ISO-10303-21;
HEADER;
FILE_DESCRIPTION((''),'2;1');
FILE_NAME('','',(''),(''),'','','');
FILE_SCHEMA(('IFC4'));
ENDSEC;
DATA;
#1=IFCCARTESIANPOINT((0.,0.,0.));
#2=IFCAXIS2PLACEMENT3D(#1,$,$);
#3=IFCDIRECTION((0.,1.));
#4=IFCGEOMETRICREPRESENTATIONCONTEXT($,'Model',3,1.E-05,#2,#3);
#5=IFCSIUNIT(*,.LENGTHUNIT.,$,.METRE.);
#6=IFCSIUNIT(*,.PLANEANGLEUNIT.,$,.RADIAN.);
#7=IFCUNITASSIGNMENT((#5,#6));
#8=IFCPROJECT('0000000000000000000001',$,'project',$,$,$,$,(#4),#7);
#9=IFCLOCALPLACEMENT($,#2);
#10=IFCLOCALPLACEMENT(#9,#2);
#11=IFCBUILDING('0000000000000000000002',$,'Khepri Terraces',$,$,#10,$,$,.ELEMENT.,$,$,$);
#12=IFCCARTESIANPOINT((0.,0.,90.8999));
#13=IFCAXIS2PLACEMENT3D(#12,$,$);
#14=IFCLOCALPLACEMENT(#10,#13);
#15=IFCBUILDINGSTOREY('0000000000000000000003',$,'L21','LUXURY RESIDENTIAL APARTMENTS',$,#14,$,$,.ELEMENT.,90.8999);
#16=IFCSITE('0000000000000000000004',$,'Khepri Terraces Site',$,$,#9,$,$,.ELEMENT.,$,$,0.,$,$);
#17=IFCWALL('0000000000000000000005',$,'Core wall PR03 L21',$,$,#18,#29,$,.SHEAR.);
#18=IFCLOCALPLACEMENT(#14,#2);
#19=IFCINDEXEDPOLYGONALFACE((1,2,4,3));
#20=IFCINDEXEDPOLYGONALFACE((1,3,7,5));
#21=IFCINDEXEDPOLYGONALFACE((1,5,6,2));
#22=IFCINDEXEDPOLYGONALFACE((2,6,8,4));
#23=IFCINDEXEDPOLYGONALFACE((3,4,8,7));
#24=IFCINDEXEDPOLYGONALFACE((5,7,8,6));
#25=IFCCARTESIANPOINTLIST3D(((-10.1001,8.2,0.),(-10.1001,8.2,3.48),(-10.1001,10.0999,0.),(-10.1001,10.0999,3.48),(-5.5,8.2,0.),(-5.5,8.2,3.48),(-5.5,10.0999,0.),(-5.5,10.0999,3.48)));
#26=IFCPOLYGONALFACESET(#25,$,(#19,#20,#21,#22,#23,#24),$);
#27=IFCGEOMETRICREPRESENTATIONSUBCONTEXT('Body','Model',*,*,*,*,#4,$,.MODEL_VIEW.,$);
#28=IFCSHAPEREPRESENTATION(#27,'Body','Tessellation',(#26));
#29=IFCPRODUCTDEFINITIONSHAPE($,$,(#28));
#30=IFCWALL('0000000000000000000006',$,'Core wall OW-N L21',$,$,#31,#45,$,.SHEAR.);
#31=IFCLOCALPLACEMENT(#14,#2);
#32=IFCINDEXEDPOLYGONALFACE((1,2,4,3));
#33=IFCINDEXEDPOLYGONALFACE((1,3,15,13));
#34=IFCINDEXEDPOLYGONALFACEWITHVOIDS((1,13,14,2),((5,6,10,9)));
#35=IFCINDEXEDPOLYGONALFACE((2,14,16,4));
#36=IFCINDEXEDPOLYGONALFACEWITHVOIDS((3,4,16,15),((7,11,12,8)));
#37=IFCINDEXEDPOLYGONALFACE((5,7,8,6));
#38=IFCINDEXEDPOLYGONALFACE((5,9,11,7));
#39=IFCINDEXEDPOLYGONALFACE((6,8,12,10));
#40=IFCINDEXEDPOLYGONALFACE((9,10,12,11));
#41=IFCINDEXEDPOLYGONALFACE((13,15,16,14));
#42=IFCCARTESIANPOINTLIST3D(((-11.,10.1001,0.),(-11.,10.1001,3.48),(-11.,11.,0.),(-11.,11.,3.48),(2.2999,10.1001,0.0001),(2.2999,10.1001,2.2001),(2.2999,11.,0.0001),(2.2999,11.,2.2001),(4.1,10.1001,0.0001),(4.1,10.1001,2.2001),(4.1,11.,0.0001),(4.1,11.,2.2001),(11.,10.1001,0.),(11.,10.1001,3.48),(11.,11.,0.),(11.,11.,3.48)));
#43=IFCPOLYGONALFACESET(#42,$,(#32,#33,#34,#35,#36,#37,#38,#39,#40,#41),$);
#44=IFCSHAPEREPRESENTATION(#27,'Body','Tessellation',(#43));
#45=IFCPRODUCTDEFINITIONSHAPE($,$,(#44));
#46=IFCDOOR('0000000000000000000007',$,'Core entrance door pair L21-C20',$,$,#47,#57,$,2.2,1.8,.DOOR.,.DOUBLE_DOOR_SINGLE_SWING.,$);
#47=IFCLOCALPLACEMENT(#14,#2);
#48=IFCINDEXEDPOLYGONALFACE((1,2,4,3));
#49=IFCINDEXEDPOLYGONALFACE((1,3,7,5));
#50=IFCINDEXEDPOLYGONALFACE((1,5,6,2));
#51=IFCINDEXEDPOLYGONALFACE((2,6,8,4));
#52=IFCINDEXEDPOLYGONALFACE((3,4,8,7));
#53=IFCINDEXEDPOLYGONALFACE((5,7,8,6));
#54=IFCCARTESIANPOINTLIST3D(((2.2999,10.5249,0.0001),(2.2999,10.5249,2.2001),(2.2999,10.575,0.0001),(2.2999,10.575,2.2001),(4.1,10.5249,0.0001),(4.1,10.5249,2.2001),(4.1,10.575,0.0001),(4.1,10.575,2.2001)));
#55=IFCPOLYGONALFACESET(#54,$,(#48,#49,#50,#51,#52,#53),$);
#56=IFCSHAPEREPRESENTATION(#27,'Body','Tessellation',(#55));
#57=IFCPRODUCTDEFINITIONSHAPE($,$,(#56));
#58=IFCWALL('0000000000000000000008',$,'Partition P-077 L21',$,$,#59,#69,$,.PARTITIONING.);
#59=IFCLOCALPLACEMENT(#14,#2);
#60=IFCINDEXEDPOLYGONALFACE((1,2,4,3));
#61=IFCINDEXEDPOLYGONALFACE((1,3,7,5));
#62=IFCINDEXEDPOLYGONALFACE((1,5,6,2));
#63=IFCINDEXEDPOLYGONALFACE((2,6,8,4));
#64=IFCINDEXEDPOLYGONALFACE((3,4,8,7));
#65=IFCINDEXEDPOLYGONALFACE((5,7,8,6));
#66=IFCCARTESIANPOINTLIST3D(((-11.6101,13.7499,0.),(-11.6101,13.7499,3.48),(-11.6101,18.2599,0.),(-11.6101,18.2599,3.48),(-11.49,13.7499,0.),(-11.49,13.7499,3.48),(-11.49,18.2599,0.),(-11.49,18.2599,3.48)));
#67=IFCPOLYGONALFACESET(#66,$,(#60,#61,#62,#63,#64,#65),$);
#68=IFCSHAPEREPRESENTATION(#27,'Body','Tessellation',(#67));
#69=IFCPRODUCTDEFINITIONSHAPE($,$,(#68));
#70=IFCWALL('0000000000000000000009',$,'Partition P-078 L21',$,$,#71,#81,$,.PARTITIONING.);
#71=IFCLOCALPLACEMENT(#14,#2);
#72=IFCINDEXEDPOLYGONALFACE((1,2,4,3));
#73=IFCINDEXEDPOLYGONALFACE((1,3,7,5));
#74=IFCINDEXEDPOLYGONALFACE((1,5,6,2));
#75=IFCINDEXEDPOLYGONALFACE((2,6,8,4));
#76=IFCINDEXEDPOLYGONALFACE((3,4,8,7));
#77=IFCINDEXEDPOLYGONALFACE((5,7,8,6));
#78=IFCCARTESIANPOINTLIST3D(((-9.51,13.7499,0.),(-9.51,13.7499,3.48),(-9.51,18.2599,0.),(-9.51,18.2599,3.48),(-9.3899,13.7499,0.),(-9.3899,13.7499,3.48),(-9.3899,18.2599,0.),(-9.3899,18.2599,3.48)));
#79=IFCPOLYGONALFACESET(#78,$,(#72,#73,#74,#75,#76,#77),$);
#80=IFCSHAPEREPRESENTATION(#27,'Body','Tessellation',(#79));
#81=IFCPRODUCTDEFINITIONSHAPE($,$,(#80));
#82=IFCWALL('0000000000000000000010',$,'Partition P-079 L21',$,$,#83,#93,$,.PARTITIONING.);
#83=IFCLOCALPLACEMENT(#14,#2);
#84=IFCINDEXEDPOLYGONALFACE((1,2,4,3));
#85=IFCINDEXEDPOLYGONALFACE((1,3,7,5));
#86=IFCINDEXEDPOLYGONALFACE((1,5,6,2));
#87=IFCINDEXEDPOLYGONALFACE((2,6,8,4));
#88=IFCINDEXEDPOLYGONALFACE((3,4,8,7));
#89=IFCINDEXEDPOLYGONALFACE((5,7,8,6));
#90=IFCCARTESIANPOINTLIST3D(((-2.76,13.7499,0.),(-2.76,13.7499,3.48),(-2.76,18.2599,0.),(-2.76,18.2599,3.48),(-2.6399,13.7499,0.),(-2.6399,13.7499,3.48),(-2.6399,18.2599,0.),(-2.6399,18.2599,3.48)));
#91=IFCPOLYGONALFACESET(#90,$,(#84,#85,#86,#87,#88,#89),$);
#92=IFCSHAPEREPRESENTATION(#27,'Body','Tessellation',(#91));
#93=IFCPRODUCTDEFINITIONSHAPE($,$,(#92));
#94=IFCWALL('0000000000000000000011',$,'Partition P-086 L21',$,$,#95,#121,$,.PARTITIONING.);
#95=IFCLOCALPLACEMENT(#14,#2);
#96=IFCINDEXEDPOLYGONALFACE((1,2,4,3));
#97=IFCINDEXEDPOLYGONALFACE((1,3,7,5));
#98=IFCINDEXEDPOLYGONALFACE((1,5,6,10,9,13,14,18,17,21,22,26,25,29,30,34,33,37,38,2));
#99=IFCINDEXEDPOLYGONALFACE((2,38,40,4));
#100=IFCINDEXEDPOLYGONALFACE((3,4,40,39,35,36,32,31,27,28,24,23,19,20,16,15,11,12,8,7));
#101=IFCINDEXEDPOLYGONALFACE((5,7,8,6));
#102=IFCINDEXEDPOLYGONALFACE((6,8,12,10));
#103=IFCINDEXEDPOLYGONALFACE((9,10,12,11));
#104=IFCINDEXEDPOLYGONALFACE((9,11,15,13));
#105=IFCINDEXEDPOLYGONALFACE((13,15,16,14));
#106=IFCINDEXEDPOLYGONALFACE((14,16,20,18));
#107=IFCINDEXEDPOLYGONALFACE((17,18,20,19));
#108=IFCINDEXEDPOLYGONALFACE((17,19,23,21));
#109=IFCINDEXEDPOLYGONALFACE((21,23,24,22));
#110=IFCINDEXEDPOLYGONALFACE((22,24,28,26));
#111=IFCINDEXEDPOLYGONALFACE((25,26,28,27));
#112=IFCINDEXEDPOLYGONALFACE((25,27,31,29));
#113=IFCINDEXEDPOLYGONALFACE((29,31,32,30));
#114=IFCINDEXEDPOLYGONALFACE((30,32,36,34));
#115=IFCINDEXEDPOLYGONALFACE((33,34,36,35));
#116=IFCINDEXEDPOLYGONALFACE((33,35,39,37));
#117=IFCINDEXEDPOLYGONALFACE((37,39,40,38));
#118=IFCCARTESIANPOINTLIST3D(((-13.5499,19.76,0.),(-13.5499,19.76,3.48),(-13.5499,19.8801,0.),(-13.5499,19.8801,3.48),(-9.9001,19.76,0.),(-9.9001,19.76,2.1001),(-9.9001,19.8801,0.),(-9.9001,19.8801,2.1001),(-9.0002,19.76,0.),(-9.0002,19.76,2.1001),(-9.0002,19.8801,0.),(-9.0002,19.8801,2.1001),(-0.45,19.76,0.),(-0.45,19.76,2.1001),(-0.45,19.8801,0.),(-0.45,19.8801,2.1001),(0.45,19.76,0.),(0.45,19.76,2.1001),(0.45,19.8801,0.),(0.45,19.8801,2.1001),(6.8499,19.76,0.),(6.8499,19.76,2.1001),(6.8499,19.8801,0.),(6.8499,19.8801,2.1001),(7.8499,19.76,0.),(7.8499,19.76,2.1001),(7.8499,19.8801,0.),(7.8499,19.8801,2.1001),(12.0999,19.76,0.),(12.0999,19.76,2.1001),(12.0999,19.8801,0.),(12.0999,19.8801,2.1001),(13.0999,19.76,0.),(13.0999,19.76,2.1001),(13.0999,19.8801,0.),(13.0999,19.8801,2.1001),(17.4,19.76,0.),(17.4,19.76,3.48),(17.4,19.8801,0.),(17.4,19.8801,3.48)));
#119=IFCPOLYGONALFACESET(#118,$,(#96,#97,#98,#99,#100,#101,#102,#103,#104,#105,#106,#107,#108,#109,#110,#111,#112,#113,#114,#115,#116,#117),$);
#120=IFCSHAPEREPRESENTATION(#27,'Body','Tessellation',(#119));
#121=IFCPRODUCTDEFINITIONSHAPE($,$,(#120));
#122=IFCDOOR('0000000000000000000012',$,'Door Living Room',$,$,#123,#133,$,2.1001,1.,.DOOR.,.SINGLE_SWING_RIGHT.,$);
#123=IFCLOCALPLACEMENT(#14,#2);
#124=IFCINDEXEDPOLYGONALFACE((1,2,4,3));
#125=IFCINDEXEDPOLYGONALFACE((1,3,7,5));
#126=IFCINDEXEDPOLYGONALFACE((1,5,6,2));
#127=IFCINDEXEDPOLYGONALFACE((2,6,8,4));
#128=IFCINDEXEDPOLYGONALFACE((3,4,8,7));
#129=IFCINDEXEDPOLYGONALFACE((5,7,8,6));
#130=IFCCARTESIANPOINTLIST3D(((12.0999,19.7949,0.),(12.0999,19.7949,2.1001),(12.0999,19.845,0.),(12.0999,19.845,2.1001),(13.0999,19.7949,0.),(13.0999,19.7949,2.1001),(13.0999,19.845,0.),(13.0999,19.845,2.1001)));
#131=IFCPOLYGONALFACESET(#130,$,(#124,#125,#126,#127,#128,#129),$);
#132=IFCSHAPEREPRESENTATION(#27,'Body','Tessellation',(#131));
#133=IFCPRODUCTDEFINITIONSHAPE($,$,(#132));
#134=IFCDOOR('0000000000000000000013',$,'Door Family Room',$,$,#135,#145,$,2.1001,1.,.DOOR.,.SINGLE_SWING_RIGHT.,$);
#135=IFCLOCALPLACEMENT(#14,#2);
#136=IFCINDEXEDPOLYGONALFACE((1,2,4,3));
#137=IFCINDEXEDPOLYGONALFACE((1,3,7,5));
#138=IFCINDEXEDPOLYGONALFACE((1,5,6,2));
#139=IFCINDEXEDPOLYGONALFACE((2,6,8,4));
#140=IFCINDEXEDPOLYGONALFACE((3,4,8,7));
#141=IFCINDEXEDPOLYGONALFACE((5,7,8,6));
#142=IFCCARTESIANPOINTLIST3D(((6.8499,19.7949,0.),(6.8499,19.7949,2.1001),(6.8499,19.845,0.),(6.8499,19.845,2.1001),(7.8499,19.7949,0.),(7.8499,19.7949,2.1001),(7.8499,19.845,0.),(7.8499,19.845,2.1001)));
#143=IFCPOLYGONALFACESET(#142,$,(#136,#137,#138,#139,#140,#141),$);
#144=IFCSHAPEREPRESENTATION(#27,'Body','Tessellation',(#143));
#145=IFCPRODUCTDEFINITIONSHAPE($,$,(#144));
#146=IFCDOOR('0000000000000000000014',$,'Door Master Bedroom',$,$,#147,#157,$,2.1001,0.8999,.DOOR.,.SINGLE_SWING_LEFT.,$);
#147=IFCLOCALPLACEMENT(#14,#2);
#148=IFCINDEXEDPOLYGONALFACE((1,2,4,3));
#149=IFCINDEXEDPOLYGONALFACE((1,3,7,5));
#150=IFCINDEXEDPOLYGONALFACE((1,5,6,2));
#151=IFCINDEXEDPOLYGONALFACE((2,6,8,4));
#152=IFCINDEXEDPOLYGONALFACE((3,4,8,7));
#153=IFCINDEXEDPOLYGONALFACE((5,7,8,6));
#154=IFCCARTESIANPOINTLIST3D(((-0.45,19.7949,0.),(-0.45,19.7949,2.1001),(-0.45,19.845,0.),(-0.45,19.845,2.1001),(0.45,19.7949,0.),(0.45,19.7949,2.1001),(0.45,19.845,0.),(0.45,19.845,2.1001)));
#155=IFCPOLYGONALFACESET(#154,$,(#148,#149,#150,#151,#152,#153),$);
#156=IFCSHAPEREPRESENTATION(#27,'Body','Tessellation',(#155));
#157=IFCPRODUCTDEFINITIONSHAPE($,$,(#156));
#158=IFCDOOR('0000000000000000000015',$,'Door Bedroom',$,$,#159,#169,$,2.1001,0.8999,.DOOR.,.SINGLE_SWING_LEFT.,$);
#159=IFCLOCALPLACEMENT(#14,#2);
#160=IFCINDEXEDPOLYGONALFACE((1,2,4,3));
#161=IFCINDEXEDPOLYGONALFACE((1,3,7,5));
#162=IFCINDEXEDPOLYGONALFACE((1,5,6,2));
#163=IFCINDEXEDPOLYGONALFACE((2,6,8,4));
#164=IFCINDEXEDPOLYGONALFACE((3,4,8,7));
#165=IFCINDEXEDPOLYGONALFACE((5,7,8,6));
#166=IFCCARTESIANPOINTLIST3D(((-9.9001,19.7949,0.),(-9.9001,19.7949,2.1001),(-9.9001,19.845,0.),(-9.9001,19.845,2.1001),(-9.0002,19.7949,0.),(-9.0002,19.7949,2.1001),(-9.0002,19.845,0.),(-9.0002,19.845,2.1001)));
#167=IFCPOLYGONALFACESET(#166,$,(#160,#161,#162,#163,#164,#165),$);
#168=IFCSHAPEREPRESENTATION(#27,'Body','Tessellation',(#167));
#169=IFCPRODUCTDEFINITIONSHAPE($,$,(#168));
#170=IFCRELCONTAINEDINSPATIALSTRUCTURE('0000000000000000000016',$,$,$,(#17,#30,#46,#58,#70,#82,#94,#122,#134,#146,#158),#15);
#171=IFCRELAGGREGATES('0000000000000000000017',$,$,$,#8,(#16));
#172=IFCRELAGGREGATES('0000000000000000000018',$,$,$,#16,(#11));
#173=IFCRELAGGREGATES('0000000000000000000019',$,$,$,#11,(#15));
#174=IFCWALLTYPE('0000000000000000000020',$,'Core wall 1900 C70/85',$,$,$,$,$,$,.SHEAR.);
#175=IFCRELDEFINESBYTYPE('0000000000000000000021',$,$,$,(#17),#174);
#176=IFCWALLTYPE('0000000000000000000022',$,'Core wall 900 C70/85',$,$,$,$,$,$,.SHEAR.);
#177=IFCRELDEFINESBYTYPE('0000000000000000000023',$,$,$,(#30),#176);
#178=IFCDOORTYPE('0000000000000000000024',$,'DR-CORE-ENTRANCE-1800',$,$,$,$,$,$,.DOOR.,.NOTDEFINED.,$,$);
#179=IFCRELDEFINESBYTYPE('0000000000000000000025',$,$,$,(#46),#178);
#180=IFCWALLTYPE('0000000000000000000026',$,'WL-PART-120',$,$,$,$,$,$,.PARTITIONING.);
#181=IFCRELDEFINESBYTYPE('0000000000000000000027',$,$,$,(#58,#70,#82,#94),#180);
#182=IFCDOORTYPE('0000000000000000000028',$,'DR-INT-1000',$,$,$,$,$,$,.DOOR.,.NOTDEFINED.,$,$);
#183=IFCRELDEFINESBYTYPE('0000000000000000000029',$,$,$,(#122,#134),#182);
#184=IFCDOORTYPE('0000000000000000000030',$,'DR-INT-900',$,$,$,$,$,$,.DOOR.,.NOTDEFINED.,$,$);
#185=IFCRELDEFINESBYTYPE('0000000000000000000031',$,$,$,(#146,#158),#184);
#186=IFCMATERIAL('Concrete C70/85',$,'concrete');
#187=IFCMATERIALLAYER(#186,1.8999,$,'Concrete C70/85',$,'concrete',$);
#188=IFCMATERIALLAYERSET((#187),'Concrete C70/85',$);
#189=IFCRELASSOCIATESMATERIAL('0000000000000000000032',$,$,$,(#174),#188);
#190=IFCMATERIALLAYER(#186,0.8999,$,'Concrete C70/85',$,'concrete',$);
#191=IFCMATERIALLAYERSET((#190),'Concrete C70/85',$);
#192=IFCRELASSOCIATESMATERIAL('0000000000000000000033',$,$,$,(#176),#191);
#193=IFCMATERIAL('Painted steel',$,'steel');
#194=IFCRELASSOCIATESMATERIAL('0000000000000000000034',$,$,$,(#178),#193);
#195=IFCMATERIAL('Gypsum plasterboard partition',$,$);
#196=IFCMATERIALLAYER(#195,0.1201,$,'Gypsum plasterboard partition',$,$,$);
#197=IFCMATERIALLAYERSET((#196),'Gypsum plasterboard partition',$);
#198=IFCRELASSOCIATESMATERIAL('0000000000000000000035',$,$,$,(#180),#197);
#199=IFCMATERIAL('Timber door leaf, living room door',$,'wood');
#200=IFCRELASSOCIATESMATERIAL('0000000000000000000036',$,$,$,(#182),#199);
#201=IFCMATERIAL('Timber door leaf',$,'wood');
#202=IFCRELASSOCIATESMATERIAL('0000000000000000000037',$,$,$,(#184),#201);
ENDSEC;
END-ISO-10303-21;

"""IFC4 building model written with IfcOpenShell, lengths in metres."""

from ifc_helpers import new_model, si_unit, direction, frame, frame_2d, origin, place, context, subcontext, project, spatial, rectangle, extrude, material, layer, layer_set, type_object, element, fill, save


model = new_model("IFC4")

# Units and contexts
model_context = context("Model", 3, precision=1e-05, world=origin(), true_north=direction((0.0, 1.0)))
body_context = subcontext(model_context, "Body", "Model", "MODEL_VIEW")
ifc_project = project(units=[si_unit("LENGTHUNIT", "METRE"), si_unit("PLANEANGLEUNIT", "RADIAN")], contexts=[model_context])

# Site, building, storey
site_placement = place(None, origin())
site = spatial("IfcSite", under=ifc_project, at=site_placement, Name="Khepri Terraces Site", CompositionType="ELEMENT", RefElevation=0.0)
building_placement = place(site_placement, origin())
building = spatial("IfcBuilding", under=site, at=building_placement, Name="Khepri Terraces", CompositionType="ELEMENT")
storey_placement = place(building_placement, frame((0.0, 0.0, 90.8999)))
storey = spatial("IfcBuildingStorey", under=building, at=storey_placement, Name="L21", Description="LUXURY RESIDENTIAL APARTMENTS", CompositionType="ELEMENT", Elevation=90.8999)

# Wall
ifc_material_1 = material(Name="Concrete C70/85", Category="concrete")
ifc_layer_1 = layer(ifc_material_1, 1.8999, Name="Concrete C70/85", Category="concrete")
ifc_layer_set_1 = layer_set([ifc_layer_1], Name="Concrete C70/85")
wall_type_1 = type_object("IfcWallType", Name="Core wall 1900 C70/85", PredefinedType="SHEAR", material=ifc_layer_set_1)
wall_1_placement = place(storey_placement, frame((-10.1001, 9.1499, 0.0), z_axis=(0.0, 0.0, 1.0), x_axis=(1.0, 0.0, 0.0)))
element("IfcWall", 1, at=wall_1_placement, inside=storey, type_object=wall_type_1, Name="Core wall PR03 L21", PredefinedType="SHEAR", context=body_context, shape_type="SweptSolid", body=[
    extrude(rectangle(XDim=4.6001, YDim=1.8999, at=frame_2d((2.3, 0.0))), origin(), (0.0, 0.0, 1.0), 3.48),
])

# Wall, opening, door
ifc_layer_2 = layer(ifc_material_1, 0.8999, Name="Concrete C70/85", Category="concrete")
ifc_layer_set_2 = layer_set([ifc_layer_2], Name="Concrete C70/85")
wall_type_2 = type_object("IfcWallType", Name="Core wall 900 C70/85", PredefinedType="SHEAR", material=ifc_layer_set_2)
wall_2_placement = place(storey_placement, frame((-11.0, 10.55, 0.0), z_axis=(0.0, 0.0, 1.0), x_axis=(1.0, 0.0, 0.0)))
wall_2 = element("IfcWall", 2, at=wall_2_placement, inside=storey, type_object=wall_type_2, Name="Core wall OW-N L21", PredefinedType="SHEAR", context=body_context, shape_type="SweptSolid", body=[
    extrude(rectangle(XDim=22.0, YDim=0.8999, at=frame_2d((11.0, 0.0))), origin(), (0.0, 0.0, 1.0), 3.48),
])
opening_1_placement = place(wall_2_placement, frame((13.3, 0.0, 0.0)))
opening_1 = element("IfcOpeningElement", 3, at=opening_1_placement, cuts=wall_2, PredefinedType="OPENING", context=body_context, shape_type="SweptSolid", body=[
    extrude(rectangle(XDim=1.8, YDim=2.2, at=frame_2d((0.8999, 1.1001))), frame((0.0, 0.46, 0.0), z_axis=(0.0, -1.0, 0.0), x_axis=(1.0, 0.0, 0.0)), (0.0, 0.0, 1.0), 0.9199),
])
ifc_material_2 = material(Name="Painted steel", Category="steel")
door_type_1 = type_object("IfcDoorType", Name="DR-CORE-ENTRANCE-1800", OperationType="NOTDEFINED", PredefinedType="DOOR", material=ifc_material_2)
door_1_placement = place(opening_1_placement, origin())
door_1 = element("IfcDoor", 4, at=door_1_placement, inside=storey, type_object=door_type_1, Name="Core entrance door pair L21-C20", OperationType="DOUBLE_DOOR_SINGLE_SWING", OverallHeight=2.2, OverallWidth=1.8, PredefinedType="DOOR", context=body_context, shape_type="SweptSolid", body=[
    extrude(rectangle(XDim=1.8, YDim=2.2, at=frame_2d((0.8999, 1.1001))), frame((0.0, 0.0249, 0.0), z_axis=(0.0, -1.0, 0.0), x_axis=(1.0, 0.0, 0.0)), (0.0, 0.0, 1.0), 0.05),
])
fill(opening_1, door_1)

# Walls
ifc_material_3 = material(Name="Gypsum plasterboard partition")
ifc_layer_3 = layer(ifc_material_3, 0.1201, Name="Gypsum plasterboard partition")
ifc_layer_set_3 = layer_set([ifc_layer_3], Name="Gypsum plasterboard partition")
wall_type_3 = type_object("IfcWallType", Name="WL-PART-120", PredefinedType="PARTITIONING", material=ifc_layer_set_3)
for number, where, z_axis, x_axis, name in (
    (5, (-11.55, 13.75, 0.0), (0.0, 0.0, 1.0), (0.0, 1.0, 0.0), "Partition P-077 L21"),
    (6, (-9.45, 13.75, 0.0), (0.0, 0.0, 1.0), (0.0, 1.0, 0.0), "Partition P-078 L21"),
    (7, (-2.7, 13.75, 0.0), (0.0, 0.0, 1.0), (0.0, 1.0, 0.0), "Partition P-079 L21"),
):
    element("IfcWall", number, at=place(storey_placement, frame(where, z_axis=z_axis, x_axis=x_axis)), inside=storey, type_object=wall_type_3, Name=name, PredefinedType="PARTITIONING", context=body_context, shape_type="SweptSolid", body=[
        extrude(rectangle(XDim=4.51, YDim=0.1201, at=frame_2d((2.2549, 0.0))), origin(), (0.0, 0.0, 1.0), 3.48),
    ])

# Wall, openings, doors
wall_3_placement = place(storey_placement, frame((-13.55, 19.8201, 0.0), z_axis=(0.0, 0.0, 1.0), x_axis=(1.0, 0.0, 0.0)))
wall_3 = element("IfcWall", 8, at=wall_3_placement, inside=storey, type_object=wall_type_3, Name="Partition P-086 L21", PredefinedType="PARTITIONING", context=body_context, shape_type="SweptSolid", body=[
    extrude(rectangle(XDim=30.95, YDim=0.1201, at=frame_2d((15.4751, 0.0))), origin(), (0.0, 0.0, 1.0), 3.48),
])
opening_2_placement = place(wall_3_placement, frame((25.6499, 0.0, 0.0)))
opening_2 = element("IfcOpeningElement", 9, at=opening_2_placement, cuts=wall_3, PredefinedType="OPENING", context=body_context, shape_type="SweptSolid", body=[
    extrude(rectangle(XDim=1.0, YDim=2.1001, at=frame_2d((0.5, 1.05))), frame((0.0, 0.0701, 0.0), z_axis=(0.0, -1.0, 0.0), x_axis=(1.0, 0.0, 0.0)), (0.0, 0.0, 1.0), 0.1401),
])
opening_3_placement = place(wall_3_placement, frame((20.3999, 0.0, 0.0)))
opening_3 = element("IfcOpeningElement", 10, at=opening_3_placement, cuts=wall_3, PredefinedType="OPENING", context=body_context, shape_type="SweptSolid", body=[
    extrude(rectangle(XDim=1.0, YDim=2.1001, at=frame_2d((0.5, 1.05))), frame((0.0, 0.0701, 0.0), z_axis=(0.0, -1.0, 0.0), x_axis=(1.0, 0.0, 0.0)), (0.0, 0.0, 1.0), 0.1401),
])
opening_4_placement = place(wall_3_placement, frame((13.1001, 0.0, 0.0)))
opening_4 = element("IfcOpeningElement", 11, at=opening_4_placement, cuts=wall_3, PredefinedType="OPENING", context=body_context, shape_type="SweptSolid", body=[
    extrude(rectangle(XDim=0.8999, YDim=2.1001, at=frame_2d((0.45, 1.05))), frame((0.0, 0.0701, 0.0), z_axis=(0.0, -1.0, 0.0), x_axis=(1.0, 0.0, 0.0)), (0.0, 0.0, 1.0), 0.1401),
])
opening_5_placement = place(wall_3_placement, frame((3.6499, 0.0, 0.0)))
opening_5 = element("IfcOpeningElement", 12, at=opening_5_placement, cuts=wall_3, PredefinedType="OPENING", context=body_context, shape_type="SweptSolid", body=[
    extrude(rectangle(XDim=0.8999, YDim=2.1001, at=frame_2d((0.45, 1.05))), frame((0.0, 0.0701, 0.0), z_axis=(0.0, -1.0, 0.0), x_axis=(1.0, 0.0, 0.0)), (0.0, 0.0, 1.0), 0.1401),
])
ifc_material_4 = material(Name="Timber door leaf, living room door", Category="wood")
door_type_2 = type_object("IfcDoorType", Name="DR-INT-1000", OperationType="NOTDEFINED", PredefinedType="DOOR", material=ifc_material_4)
door_2_placement = place(opening_2_placement, origin())
door_2 = element("IfcDoor", 13, at=door_2_placement, inside=storey, type_object=door_type_2, Name="Door Living Room", OperationType="SINGLE_SWING_RIGHT", OverallHeight=2.1001, OverallWidth=1.0, PredefinedType="DOOR", context=body_context, shape_type="SweptSolid", body=[
    extrude(rectangle(XDim=1.0, YDim=2.1001, at=frame_2d((0.5, 1.05))), frame((0.0, 0.0249, 0.0), z_axis=(0.0, -1.0, 0.0), x_axis=(1.0, 0.0, 0.0)), (0.0, 0.0, 1.0), 0.05),
])
fill(opening_2, door_2)
door_3_placement = place(opening_3_placement, origin())
door_3 = element("IfcDoor", 14, at=door_3_placement, inside=storey, type_object=door_type_2, Name="Door Family Room", OperationType="SINGLE_SWING_RIGHT", OverallHeight=2.1001, OverallWidth=1.0, PredefinedType="DOOR", context=body_context, shape_type="SweptSolid", body=[
    extrude(rectangle(XDim=1.0, YDim=2.1001, at=frame_2d((0.5, 1.05))), frame((0.0, 0.0249, 0.0), z_axis=(0.0, -1.0, 0.0), x_axis=(1.0, 0.0, 0.0)), (0.0, 0.0, 1.0), 0.05),
])
fill(opening_3, door_3)
ifc_material_5 = material(Name="Timber door leaf", Category="wood")
door_type_3 = type_object("IfcDoorType", Name="DR-INT-900", OperationType="NOTDEFINED", PredefinedType="DOOR", material=ifc_material_5)
door_4_placement = place(opening_4_placement, origin())
door_4 = element("IfcDoor", 15, at=door_4_placement, inside=storey, type_object=door_type_3, Name="Door Master Bedroom", OperationType="SINGLE_SWING_LEFT", OverallHeight=2.1001, OverallWidth=0.8999, PredefinedType="DOOR", context=body_context, shape_type="SweptSolid", body=[
    extrude(rectangle(XDim=0.8999, YDim=2.1001, at=frame_2d((0.45, 1.05))), frame((0.0, 0.0249, 0.0), z_axis=(0.0, -1.0, 0.0), x_axis=(1.0, 0.0, 0.0)), (0.0, 0.0, 1.0), 0.05),
])
fill(opening_4, door_4)
door_5_placement = place(opening_5_placement, origin())
door_5 = element("IfcDoor", 16, at=door_5_placement, inside=storey, type_object=door_type_3, Name="Door Bedroom", OperationType="SINGLE_SWING_LEFT", OverallHeight=2.1001, OverallWidth=0.8999, PredefinedType="DOOR", context=body_context, shape_type="SweptSolid", body=[
    extrude(rectangle(XDim=0.8999, YDim=2.1001, at=frame_2d((0.45, 1.05))), frame((0.0, 0.0249, 0.0), z_axis=(0.0, -1.0, 0.0), x_axis=(1.0, 0.0, 0.0)), (0.0, 0.0, 1.0), 0.05),
])
fill(opening_5, door_5)

save(model, "model.ifc")
